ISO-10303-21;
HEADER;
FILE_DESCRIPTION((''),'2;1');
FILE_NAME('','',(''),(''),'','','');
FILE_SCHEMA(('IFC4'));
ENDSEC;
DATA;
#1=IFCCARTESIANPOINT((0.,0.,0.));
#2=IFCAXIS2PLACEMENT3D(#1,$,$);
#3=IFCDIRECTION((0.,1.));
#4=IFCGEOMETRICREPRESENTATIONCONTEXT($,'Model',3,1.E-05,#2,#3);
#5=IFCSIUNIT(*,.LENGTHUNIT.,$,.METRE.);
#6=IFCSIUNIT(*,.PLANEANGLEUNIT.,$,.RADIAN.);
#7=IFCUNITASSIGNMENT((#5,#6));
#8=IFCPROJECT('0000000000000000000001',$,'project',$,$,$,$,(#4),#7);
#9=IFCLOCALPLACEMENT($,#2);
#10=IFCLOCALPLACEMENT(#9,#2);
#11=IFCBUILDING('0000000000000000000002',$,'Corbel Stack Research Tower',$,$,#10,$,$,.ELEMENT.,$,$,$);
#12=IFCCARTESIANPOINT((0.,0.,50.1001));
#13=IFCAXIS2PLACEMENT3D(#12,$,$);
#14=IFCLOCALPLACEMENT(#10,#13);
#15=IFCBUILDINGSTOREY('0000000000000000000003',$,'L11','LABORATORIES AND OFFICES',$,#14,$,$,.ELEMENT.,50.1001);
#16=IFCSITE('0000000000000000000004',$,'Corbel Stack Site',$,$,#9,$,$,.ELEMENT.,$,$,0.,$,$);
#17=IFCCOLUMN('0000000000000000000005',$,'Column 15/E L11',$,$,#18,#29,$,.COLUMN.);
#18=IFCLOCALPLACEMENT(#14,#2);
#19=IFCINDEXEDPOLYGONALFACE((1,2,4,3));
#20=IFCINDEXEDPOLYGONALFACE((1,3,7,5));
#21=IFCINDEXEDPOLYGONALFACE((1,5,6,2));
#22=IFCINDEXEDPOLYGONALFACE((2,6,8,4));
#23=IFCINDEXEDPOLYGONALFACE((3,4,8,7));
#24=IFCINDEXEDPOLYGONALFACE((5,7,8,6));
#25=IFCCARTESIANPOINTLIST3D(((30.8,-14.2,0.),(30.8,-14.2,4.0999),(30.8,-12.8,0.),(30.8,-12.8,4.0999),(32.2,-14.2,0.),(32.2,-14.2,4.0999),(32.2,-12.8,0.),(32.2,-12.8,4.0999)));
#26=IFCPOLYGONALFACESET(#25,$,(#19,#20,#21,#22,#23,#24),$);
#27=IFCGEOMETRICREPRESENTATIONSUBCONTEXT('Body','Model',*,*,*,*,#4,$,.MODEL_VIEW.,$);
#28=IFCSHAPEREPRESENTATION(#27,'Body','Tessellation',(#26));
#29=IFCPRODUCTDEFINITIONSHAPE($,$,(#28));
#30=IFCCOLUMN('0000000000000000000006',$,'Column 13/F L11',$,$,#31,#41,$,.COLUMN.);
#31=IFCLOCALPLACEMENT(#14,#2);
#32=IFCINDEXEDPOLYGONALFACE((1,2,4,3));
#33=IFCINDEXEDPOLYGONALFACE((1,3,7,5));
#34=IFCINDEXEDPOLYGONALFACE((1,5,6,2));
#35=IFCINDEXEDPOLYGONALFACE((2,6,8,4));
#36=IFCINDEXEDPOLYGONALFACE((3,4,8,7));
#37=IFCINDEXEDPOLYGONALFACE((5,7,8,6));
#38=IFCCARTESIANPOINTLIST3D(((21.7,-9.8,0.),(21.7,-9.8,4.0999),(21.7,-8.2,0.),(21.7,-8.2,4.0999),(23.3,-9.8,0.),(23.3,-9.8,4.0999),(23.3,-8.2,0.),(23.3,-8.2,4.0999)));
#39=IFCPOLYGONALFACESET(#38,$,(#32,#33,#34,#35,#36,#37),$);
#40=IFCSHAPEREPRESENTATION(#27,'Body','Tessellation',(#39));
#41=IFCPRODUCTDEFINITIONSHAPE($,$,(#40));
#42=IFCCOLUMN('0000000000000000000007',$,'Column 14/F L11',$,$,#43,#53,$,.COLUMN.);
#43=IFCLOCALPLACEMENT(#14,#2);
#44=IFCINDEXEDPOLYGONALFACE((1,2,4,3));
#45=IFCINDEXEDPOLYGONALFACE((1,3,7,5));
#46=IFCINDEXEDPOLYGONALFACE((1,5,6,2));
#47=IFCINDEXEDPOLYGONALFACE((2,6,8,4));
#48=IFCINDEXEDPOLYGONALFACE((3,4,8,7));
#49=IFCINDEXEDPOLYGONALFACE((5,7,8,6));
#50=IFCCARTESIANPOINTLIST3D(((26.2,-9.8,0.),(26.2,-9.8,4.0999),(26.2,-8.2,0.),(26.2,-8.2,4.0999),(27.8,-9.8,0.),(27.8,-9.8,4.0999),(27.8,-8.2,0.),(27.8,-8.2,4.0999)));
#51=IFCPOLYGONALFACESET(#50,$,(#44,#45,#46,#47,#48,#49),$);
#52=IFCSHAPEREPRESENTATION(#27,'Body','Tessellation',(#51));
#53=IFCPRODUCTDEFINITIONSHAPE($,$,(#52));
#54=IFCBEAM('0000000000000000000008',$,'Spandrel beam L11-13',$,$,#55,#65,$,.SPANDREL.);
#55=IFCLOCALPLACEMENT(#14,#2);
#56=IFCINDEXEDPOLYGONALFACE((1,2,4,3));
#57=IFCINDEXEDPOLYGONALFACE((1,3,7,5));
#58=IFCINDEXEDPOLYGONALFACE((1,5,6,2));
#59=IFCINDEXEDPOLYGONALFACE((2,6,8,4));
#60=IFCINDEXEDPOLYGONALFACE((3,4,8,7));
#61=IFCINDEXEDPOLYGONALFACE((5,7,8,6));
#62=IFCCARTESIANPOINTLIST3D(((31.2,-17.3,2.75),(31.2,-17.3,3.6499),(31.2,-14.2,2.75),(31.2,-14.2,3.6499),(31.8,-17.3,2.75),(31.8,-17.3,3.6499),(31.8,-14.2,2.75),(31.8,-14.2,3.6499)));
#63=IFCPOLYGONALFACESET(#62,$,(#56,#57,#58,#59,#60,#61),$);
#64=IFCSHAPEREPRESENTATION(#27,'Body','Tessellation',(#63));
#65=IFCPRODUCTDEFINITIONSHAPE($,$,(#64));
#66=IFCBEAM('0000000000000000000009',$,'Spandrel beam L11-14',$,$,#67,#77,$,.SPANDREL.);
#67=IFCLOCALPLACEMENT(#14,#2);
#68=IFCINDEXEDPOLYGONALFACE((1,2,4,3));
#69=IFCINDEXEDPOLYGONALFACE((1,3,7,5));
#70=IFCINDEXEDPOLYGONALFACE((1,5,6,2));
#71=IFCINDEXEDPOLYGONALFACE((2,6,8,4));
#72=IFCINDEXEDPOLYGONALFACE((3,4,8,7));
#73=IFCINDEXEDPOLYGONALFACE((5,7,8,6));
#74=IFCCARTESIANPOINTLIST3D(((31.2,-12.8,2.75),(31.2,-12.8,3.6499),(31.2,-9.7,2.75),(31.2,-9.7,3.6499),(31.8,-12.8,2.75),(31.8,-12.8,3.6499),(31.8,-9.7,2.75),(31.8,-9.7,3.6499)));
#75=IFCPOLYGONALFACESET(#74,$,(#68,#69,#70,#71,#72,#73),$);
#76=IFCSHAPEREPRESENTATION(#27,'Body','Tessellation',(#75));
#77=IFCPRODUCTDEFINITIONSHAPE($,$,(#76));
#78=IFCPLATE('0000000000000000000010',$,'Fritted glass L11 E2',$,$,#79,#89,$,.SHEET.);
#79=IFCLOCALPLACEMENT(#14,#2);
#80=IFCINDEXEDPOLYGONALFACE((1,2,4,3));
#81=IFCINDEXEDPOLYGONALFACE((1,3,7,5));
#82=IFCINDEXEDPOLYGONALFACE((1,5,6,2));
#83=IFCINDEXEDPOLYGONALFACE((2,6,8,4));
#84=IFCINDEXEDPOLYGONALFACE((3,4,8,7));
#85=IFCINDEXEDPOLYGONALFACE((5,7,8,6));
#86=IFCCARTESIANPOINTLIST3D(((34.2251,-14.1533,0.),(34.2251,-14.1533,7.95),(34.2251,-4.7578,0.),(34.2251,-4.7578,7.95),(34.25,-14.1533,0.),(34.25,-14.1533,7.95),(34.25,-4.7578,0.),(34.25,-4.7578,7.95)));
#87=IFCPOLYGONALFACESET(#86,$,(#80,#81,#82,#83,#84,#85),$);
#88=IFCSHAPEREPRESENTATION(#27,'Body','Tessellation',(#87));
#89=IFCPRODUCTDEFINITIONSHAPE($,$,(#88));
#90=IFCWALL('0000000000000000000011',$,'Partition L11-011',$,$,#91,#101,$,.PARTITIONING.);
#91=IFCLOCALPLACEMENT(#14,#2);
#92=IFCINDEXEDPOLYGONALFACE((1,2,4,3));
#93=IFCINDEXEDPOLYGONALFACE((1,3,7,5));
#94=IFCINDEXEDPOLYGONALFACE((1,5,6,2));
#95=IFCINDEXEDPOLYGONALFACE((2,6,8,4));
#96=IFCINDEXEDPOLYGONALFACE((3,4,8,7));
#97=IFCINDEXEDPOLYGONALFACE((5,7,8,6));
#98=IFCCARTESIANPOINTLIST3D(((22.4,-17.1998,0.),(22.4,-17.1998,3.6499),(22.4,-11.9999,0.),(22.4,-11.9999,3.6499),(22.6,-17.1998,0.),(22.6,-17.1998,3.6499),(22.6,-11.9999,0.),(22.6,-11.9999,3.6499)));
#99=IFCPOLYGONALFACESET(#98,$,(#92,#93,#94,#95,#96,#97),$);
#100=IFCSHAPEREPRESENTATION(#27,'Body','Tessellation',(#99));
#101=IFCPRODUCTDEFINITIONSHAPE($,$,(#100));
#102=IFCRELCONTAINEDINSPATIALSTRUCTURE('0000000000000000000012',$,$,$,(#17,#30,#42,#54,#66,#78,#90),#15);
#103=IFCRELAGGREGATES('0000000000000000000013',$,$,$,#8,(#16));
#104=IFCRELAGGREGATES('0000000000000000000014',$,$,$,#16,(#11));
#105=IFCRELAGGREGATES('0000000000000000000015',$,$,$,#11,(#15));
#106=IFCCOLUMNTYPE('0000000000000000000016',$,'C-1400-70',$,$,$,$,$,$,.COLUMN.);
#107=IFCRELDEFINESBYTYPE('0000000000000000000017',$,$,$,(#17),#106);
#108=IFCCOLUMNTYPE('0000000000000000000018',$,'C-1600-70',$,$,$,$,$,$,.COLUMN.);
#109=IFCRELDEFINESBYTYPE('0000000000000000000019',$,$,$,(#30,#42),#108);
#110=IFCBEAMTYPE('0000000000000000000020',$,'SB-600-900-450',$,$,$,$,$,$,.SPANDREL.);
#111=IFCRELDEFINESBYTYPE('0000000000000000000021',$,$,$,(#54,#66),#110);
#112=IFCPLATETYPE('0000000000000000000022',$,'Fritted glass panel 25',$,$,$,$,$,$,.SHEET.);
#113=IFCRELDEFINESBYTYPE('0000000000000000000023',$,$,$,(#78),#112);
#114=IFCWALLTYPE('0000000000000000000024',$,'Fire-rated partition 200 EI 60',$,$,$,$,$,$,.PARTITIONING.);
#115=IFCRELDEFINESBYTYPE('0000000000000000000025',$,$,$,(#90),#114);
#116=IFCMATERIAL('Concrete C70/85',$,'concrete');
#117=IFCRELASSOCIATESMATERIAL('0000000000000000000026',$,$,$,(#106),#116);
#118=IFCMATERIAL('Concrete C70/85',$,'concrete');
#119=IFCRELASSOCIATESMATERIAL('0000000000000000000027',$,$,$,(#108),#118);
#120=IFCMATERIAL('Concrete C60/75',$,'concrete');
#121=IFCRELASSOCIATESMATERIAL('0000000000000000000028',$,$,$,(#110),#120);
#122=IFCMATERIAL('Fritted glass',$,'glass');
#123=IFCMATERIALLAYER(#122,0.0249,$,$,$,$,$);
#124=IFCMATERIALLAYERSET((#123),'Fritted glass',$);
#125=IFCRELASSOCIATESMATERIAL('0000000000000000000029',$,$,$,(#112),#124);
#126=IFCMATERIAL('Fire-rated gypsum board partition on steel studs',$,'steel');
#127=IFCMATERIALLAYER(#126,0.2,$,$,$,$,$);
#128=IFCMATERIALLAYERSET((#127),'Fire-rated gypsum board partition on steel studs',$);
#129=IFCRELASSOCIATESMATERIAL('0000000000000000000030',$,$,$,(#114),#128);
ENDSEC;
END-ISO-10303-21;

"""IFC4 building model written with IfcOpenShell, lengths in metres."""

from ifc_helpers import new_model, si_unit, direction, frame, frame_2d, origin, origin_2d, place, context, subcontext, project, spatial, rectangle, extrude, material, layer, layer_set, material_profile, profile_set, type_object, element, save


model = new_model("IFC4")

# Units and contexts
model_context = context("Model", 3, precision=1e-05, world=origin(), true_north=direction((0.0, 1.0)))
body_context = subcontext(model_context, "Body", "Model", "MODEL_VIEW")
ifc_project = project(units=[si_unit("LENGTHUNIT", "METRE"), si_unit("PLANEANGLEUNIT", "RADIAN")], contexts=[model_context])

# Site, building, storey
site_placement = place(None, origin())
site = spatial("IfcSite", under=ifc_project, at=site_placement, Name="Corbel Stack Site", CompositionType="ELEMENT", RefElevation=0.0)
building_placement = place(site_placement, origin())
building = spatial("IfcBuilding", under=site, at=building_placement, Name="Corbel Stack Research Tower", CompositionType="ELEMENT")
storey_placement = place(building_placement, frame((0.0, 0.0, 50.1001)))
storey = spatial("IfcBuildingStorey", under=building, at=storey_placement, Name="L11", Description="LABORATORIES AND OFFICES", CompositionType="ELEMENT", Elevation=50.1001)

# Columns
ifc_material_1 = material(Name="Concrete C70/85", Category="concrete")
ifc_material_profile_1 = material_profile(ifc_material_1, rectangle(XDim=1.3999, YDim=1.3999, at=origin_2d()), Name="RC 1400 x 1400")
ifc_profile_set_1 = profile_set([ifc_material_profile_1], Name="Concrete C70/85")
column_type_1 = type_object("IfcColumnType", Name="C-1400-70", PredefinedType="COLUMN", material=ifc_profile_set_1)
column_placement = place(storey_placement, frame((31.5, -13.5, 0.0), z_axis=(0.0, 0.0, 1.0), x_axis=(1.0, 0.0, 0.0)))
element("IfcColumn", 1, at=column_placement, inside=storey, type_object=column_type_1, Name="Column 15/E L11", PredefinedType="COLUMN", context=body_context, shape_type="SweptSolid", body=[
    extrude(rectangle(XDim=1.3999, YDim=1.3999, at=origin_2d()), origin(), (0.0, 0.0, 1.0), 4.0999),
])
ifc_material_2 = material(Name="Concrete C70/85", Category="concrete")
ifc_material_profile_2 = material_profile(ifc_material_2, rectangle(XDim=1.6001, YDim=1.6001, at=origin_2d()), Name="RC 1600 x 1600")
ifc_profile_set_2 = profile_set([ifc_material_profile_2], Name="Concrete C70/85")
column_type_2 = type_object("IfcColumnType", Name="C-1600-70", PredefinedType="COLUMN", material=ifc_profile_set_2)
for number, where, z_axis, x_axis, name in (
    (2, (22.5, -9.0, 0.0), (0.0, 0.0, 1.0), (1.0, 0.0, 0.0), "Column 13/F L11"),
    (3, (27.0, -9.0, 0.0), (0.0, 0.0, 1.0), (1.0, 0.0, 0.0), "Column 14/F L11"),
):
    element("IfcColumn", number, at=place(storey_placement, frame(where, z_axis=z_axis, x_axis=x_axis)), inside=storey, type_object=column_type_2, Name=name, PredefinedType="COLUMN", context=body_context, shape_type="SweptSolid", body=[
        extrude(rectangle(XDim=1.6001, YDim=1.6001, at=origin_2d()), origin(), (0.0, 0.0, 1.0), 4.0999),
    ])

# Beams
ifc_material_3 = material(Name="Concrete C60/75", Category="concrete")
ifc_material_profile_3 = material_profile(ifc_material_3, rectangle(XDim=0.6001, YDim=0.8999, at=origin_2d()), Name="RC 600 x 900")
ifc_profile_set_3 = profile_set([ifc_material_profile_3], Name="Concrete C60/75")
beam_type = type_object("IfcBeamType", Name="SB-600-900-450", PredefinedType="SPANDREL", material=ifc_profile_set_3)
for number, where, z_axis, x_axis, name in (
    (4, (31.5, -17.3, 3.2), (0.0, 1.0, 0.0), (-1.0, 0.0, 0.0), "Spandrel beam L11-13"),
    (5, (31.5, -12.8, 3.2), (0.0, 1.0, 0.0), (-1.0, 0.0, 0.0), "Spandrel beam L11-14"),
):
    element("IfcBeam", number, at=place(storey_placement, frame(where, z_axis=z_axis, x_axis=x_axis)), inside=storey, type_object=beam_type, Name=name, PredefinedType="SPANDREL", context=body_context, shape_type="SweptSolid", body=[
        extrude(rectangle(XDim=0.6001, YDim=0.8999, at=origin_2d()), origin(), (0.0, 0.0, 1.0), 3.1001),
    ])

# Plate
ifc_material_4 = material(Name="Fritted glass", Category="glass")
ifc_layer_1 = layer(ifc_material_4, 0.0249)
ifc_layer_set_1 = layer_set([ifc_layer_1], Name="Fritted glass")
plate_type = type_object("IfcPlateType", Name="Fritted glass panel 25", PredefinedType="SHEET", material=ifc_layer_set_1)
plate_placement = place(storey_placement, frame((34.2375, -9.4556, 0.0), z_axis=(0.0, 0.0, 1.0), x_axis=(0.0, 1.0, 0.0)))
element("IfcPlate", 6, at=plate_placement, inside=storey, type_object=plate_type, Name="Fritted glass L11 E2", PredefinedType="SHEET", context=body_context, shape_type="SweptSolid", body=[
    extrude(rectangle(XDim=9.3955, YDim=0.0249, at=origin_2d()), origin(), (0.0, 0.0, 1.0), 7.95),
])

# Wall
ifc_material_5 = material(Name="Fire-rated gypsum board partition on steel studs", Category="steel")
ifc_layer_2 = layer(ifc_material_5, 0.2)
ifc_layer_set_2 = layer_set([ifc_layer_2], Name="Fire-rated gypsum board partition on steel studs")
wall_type_1 = type_object("IfcWallType", Name="Fire-rated partition 200 EI 60", PredefinedType="PARTITIONING", material=ifc_layer_set_2)
wall_1_placement = place(storey_placement, frame((22.5, -17.2, 0.0), z_axis=(0.0, 0.0, 1.0), x_axis=(0.0, 1.0, 0.0)))
element("IfcWall", 7, at=wall_1_placement, inside=storey, type_object=wall_type_1, Name="Partition L11-011", PredefinedType="PARTITIONING", context=body_context, shape_type="SweptSolid", body=[
    extrude(rectangle(XDim=5.2, YDim=0.2, at=frame_2d((2.6001, 0.0))), origin(), (0.0, 0.0, 1.0), 3.6499),
])

save(model, "model.ifc")
